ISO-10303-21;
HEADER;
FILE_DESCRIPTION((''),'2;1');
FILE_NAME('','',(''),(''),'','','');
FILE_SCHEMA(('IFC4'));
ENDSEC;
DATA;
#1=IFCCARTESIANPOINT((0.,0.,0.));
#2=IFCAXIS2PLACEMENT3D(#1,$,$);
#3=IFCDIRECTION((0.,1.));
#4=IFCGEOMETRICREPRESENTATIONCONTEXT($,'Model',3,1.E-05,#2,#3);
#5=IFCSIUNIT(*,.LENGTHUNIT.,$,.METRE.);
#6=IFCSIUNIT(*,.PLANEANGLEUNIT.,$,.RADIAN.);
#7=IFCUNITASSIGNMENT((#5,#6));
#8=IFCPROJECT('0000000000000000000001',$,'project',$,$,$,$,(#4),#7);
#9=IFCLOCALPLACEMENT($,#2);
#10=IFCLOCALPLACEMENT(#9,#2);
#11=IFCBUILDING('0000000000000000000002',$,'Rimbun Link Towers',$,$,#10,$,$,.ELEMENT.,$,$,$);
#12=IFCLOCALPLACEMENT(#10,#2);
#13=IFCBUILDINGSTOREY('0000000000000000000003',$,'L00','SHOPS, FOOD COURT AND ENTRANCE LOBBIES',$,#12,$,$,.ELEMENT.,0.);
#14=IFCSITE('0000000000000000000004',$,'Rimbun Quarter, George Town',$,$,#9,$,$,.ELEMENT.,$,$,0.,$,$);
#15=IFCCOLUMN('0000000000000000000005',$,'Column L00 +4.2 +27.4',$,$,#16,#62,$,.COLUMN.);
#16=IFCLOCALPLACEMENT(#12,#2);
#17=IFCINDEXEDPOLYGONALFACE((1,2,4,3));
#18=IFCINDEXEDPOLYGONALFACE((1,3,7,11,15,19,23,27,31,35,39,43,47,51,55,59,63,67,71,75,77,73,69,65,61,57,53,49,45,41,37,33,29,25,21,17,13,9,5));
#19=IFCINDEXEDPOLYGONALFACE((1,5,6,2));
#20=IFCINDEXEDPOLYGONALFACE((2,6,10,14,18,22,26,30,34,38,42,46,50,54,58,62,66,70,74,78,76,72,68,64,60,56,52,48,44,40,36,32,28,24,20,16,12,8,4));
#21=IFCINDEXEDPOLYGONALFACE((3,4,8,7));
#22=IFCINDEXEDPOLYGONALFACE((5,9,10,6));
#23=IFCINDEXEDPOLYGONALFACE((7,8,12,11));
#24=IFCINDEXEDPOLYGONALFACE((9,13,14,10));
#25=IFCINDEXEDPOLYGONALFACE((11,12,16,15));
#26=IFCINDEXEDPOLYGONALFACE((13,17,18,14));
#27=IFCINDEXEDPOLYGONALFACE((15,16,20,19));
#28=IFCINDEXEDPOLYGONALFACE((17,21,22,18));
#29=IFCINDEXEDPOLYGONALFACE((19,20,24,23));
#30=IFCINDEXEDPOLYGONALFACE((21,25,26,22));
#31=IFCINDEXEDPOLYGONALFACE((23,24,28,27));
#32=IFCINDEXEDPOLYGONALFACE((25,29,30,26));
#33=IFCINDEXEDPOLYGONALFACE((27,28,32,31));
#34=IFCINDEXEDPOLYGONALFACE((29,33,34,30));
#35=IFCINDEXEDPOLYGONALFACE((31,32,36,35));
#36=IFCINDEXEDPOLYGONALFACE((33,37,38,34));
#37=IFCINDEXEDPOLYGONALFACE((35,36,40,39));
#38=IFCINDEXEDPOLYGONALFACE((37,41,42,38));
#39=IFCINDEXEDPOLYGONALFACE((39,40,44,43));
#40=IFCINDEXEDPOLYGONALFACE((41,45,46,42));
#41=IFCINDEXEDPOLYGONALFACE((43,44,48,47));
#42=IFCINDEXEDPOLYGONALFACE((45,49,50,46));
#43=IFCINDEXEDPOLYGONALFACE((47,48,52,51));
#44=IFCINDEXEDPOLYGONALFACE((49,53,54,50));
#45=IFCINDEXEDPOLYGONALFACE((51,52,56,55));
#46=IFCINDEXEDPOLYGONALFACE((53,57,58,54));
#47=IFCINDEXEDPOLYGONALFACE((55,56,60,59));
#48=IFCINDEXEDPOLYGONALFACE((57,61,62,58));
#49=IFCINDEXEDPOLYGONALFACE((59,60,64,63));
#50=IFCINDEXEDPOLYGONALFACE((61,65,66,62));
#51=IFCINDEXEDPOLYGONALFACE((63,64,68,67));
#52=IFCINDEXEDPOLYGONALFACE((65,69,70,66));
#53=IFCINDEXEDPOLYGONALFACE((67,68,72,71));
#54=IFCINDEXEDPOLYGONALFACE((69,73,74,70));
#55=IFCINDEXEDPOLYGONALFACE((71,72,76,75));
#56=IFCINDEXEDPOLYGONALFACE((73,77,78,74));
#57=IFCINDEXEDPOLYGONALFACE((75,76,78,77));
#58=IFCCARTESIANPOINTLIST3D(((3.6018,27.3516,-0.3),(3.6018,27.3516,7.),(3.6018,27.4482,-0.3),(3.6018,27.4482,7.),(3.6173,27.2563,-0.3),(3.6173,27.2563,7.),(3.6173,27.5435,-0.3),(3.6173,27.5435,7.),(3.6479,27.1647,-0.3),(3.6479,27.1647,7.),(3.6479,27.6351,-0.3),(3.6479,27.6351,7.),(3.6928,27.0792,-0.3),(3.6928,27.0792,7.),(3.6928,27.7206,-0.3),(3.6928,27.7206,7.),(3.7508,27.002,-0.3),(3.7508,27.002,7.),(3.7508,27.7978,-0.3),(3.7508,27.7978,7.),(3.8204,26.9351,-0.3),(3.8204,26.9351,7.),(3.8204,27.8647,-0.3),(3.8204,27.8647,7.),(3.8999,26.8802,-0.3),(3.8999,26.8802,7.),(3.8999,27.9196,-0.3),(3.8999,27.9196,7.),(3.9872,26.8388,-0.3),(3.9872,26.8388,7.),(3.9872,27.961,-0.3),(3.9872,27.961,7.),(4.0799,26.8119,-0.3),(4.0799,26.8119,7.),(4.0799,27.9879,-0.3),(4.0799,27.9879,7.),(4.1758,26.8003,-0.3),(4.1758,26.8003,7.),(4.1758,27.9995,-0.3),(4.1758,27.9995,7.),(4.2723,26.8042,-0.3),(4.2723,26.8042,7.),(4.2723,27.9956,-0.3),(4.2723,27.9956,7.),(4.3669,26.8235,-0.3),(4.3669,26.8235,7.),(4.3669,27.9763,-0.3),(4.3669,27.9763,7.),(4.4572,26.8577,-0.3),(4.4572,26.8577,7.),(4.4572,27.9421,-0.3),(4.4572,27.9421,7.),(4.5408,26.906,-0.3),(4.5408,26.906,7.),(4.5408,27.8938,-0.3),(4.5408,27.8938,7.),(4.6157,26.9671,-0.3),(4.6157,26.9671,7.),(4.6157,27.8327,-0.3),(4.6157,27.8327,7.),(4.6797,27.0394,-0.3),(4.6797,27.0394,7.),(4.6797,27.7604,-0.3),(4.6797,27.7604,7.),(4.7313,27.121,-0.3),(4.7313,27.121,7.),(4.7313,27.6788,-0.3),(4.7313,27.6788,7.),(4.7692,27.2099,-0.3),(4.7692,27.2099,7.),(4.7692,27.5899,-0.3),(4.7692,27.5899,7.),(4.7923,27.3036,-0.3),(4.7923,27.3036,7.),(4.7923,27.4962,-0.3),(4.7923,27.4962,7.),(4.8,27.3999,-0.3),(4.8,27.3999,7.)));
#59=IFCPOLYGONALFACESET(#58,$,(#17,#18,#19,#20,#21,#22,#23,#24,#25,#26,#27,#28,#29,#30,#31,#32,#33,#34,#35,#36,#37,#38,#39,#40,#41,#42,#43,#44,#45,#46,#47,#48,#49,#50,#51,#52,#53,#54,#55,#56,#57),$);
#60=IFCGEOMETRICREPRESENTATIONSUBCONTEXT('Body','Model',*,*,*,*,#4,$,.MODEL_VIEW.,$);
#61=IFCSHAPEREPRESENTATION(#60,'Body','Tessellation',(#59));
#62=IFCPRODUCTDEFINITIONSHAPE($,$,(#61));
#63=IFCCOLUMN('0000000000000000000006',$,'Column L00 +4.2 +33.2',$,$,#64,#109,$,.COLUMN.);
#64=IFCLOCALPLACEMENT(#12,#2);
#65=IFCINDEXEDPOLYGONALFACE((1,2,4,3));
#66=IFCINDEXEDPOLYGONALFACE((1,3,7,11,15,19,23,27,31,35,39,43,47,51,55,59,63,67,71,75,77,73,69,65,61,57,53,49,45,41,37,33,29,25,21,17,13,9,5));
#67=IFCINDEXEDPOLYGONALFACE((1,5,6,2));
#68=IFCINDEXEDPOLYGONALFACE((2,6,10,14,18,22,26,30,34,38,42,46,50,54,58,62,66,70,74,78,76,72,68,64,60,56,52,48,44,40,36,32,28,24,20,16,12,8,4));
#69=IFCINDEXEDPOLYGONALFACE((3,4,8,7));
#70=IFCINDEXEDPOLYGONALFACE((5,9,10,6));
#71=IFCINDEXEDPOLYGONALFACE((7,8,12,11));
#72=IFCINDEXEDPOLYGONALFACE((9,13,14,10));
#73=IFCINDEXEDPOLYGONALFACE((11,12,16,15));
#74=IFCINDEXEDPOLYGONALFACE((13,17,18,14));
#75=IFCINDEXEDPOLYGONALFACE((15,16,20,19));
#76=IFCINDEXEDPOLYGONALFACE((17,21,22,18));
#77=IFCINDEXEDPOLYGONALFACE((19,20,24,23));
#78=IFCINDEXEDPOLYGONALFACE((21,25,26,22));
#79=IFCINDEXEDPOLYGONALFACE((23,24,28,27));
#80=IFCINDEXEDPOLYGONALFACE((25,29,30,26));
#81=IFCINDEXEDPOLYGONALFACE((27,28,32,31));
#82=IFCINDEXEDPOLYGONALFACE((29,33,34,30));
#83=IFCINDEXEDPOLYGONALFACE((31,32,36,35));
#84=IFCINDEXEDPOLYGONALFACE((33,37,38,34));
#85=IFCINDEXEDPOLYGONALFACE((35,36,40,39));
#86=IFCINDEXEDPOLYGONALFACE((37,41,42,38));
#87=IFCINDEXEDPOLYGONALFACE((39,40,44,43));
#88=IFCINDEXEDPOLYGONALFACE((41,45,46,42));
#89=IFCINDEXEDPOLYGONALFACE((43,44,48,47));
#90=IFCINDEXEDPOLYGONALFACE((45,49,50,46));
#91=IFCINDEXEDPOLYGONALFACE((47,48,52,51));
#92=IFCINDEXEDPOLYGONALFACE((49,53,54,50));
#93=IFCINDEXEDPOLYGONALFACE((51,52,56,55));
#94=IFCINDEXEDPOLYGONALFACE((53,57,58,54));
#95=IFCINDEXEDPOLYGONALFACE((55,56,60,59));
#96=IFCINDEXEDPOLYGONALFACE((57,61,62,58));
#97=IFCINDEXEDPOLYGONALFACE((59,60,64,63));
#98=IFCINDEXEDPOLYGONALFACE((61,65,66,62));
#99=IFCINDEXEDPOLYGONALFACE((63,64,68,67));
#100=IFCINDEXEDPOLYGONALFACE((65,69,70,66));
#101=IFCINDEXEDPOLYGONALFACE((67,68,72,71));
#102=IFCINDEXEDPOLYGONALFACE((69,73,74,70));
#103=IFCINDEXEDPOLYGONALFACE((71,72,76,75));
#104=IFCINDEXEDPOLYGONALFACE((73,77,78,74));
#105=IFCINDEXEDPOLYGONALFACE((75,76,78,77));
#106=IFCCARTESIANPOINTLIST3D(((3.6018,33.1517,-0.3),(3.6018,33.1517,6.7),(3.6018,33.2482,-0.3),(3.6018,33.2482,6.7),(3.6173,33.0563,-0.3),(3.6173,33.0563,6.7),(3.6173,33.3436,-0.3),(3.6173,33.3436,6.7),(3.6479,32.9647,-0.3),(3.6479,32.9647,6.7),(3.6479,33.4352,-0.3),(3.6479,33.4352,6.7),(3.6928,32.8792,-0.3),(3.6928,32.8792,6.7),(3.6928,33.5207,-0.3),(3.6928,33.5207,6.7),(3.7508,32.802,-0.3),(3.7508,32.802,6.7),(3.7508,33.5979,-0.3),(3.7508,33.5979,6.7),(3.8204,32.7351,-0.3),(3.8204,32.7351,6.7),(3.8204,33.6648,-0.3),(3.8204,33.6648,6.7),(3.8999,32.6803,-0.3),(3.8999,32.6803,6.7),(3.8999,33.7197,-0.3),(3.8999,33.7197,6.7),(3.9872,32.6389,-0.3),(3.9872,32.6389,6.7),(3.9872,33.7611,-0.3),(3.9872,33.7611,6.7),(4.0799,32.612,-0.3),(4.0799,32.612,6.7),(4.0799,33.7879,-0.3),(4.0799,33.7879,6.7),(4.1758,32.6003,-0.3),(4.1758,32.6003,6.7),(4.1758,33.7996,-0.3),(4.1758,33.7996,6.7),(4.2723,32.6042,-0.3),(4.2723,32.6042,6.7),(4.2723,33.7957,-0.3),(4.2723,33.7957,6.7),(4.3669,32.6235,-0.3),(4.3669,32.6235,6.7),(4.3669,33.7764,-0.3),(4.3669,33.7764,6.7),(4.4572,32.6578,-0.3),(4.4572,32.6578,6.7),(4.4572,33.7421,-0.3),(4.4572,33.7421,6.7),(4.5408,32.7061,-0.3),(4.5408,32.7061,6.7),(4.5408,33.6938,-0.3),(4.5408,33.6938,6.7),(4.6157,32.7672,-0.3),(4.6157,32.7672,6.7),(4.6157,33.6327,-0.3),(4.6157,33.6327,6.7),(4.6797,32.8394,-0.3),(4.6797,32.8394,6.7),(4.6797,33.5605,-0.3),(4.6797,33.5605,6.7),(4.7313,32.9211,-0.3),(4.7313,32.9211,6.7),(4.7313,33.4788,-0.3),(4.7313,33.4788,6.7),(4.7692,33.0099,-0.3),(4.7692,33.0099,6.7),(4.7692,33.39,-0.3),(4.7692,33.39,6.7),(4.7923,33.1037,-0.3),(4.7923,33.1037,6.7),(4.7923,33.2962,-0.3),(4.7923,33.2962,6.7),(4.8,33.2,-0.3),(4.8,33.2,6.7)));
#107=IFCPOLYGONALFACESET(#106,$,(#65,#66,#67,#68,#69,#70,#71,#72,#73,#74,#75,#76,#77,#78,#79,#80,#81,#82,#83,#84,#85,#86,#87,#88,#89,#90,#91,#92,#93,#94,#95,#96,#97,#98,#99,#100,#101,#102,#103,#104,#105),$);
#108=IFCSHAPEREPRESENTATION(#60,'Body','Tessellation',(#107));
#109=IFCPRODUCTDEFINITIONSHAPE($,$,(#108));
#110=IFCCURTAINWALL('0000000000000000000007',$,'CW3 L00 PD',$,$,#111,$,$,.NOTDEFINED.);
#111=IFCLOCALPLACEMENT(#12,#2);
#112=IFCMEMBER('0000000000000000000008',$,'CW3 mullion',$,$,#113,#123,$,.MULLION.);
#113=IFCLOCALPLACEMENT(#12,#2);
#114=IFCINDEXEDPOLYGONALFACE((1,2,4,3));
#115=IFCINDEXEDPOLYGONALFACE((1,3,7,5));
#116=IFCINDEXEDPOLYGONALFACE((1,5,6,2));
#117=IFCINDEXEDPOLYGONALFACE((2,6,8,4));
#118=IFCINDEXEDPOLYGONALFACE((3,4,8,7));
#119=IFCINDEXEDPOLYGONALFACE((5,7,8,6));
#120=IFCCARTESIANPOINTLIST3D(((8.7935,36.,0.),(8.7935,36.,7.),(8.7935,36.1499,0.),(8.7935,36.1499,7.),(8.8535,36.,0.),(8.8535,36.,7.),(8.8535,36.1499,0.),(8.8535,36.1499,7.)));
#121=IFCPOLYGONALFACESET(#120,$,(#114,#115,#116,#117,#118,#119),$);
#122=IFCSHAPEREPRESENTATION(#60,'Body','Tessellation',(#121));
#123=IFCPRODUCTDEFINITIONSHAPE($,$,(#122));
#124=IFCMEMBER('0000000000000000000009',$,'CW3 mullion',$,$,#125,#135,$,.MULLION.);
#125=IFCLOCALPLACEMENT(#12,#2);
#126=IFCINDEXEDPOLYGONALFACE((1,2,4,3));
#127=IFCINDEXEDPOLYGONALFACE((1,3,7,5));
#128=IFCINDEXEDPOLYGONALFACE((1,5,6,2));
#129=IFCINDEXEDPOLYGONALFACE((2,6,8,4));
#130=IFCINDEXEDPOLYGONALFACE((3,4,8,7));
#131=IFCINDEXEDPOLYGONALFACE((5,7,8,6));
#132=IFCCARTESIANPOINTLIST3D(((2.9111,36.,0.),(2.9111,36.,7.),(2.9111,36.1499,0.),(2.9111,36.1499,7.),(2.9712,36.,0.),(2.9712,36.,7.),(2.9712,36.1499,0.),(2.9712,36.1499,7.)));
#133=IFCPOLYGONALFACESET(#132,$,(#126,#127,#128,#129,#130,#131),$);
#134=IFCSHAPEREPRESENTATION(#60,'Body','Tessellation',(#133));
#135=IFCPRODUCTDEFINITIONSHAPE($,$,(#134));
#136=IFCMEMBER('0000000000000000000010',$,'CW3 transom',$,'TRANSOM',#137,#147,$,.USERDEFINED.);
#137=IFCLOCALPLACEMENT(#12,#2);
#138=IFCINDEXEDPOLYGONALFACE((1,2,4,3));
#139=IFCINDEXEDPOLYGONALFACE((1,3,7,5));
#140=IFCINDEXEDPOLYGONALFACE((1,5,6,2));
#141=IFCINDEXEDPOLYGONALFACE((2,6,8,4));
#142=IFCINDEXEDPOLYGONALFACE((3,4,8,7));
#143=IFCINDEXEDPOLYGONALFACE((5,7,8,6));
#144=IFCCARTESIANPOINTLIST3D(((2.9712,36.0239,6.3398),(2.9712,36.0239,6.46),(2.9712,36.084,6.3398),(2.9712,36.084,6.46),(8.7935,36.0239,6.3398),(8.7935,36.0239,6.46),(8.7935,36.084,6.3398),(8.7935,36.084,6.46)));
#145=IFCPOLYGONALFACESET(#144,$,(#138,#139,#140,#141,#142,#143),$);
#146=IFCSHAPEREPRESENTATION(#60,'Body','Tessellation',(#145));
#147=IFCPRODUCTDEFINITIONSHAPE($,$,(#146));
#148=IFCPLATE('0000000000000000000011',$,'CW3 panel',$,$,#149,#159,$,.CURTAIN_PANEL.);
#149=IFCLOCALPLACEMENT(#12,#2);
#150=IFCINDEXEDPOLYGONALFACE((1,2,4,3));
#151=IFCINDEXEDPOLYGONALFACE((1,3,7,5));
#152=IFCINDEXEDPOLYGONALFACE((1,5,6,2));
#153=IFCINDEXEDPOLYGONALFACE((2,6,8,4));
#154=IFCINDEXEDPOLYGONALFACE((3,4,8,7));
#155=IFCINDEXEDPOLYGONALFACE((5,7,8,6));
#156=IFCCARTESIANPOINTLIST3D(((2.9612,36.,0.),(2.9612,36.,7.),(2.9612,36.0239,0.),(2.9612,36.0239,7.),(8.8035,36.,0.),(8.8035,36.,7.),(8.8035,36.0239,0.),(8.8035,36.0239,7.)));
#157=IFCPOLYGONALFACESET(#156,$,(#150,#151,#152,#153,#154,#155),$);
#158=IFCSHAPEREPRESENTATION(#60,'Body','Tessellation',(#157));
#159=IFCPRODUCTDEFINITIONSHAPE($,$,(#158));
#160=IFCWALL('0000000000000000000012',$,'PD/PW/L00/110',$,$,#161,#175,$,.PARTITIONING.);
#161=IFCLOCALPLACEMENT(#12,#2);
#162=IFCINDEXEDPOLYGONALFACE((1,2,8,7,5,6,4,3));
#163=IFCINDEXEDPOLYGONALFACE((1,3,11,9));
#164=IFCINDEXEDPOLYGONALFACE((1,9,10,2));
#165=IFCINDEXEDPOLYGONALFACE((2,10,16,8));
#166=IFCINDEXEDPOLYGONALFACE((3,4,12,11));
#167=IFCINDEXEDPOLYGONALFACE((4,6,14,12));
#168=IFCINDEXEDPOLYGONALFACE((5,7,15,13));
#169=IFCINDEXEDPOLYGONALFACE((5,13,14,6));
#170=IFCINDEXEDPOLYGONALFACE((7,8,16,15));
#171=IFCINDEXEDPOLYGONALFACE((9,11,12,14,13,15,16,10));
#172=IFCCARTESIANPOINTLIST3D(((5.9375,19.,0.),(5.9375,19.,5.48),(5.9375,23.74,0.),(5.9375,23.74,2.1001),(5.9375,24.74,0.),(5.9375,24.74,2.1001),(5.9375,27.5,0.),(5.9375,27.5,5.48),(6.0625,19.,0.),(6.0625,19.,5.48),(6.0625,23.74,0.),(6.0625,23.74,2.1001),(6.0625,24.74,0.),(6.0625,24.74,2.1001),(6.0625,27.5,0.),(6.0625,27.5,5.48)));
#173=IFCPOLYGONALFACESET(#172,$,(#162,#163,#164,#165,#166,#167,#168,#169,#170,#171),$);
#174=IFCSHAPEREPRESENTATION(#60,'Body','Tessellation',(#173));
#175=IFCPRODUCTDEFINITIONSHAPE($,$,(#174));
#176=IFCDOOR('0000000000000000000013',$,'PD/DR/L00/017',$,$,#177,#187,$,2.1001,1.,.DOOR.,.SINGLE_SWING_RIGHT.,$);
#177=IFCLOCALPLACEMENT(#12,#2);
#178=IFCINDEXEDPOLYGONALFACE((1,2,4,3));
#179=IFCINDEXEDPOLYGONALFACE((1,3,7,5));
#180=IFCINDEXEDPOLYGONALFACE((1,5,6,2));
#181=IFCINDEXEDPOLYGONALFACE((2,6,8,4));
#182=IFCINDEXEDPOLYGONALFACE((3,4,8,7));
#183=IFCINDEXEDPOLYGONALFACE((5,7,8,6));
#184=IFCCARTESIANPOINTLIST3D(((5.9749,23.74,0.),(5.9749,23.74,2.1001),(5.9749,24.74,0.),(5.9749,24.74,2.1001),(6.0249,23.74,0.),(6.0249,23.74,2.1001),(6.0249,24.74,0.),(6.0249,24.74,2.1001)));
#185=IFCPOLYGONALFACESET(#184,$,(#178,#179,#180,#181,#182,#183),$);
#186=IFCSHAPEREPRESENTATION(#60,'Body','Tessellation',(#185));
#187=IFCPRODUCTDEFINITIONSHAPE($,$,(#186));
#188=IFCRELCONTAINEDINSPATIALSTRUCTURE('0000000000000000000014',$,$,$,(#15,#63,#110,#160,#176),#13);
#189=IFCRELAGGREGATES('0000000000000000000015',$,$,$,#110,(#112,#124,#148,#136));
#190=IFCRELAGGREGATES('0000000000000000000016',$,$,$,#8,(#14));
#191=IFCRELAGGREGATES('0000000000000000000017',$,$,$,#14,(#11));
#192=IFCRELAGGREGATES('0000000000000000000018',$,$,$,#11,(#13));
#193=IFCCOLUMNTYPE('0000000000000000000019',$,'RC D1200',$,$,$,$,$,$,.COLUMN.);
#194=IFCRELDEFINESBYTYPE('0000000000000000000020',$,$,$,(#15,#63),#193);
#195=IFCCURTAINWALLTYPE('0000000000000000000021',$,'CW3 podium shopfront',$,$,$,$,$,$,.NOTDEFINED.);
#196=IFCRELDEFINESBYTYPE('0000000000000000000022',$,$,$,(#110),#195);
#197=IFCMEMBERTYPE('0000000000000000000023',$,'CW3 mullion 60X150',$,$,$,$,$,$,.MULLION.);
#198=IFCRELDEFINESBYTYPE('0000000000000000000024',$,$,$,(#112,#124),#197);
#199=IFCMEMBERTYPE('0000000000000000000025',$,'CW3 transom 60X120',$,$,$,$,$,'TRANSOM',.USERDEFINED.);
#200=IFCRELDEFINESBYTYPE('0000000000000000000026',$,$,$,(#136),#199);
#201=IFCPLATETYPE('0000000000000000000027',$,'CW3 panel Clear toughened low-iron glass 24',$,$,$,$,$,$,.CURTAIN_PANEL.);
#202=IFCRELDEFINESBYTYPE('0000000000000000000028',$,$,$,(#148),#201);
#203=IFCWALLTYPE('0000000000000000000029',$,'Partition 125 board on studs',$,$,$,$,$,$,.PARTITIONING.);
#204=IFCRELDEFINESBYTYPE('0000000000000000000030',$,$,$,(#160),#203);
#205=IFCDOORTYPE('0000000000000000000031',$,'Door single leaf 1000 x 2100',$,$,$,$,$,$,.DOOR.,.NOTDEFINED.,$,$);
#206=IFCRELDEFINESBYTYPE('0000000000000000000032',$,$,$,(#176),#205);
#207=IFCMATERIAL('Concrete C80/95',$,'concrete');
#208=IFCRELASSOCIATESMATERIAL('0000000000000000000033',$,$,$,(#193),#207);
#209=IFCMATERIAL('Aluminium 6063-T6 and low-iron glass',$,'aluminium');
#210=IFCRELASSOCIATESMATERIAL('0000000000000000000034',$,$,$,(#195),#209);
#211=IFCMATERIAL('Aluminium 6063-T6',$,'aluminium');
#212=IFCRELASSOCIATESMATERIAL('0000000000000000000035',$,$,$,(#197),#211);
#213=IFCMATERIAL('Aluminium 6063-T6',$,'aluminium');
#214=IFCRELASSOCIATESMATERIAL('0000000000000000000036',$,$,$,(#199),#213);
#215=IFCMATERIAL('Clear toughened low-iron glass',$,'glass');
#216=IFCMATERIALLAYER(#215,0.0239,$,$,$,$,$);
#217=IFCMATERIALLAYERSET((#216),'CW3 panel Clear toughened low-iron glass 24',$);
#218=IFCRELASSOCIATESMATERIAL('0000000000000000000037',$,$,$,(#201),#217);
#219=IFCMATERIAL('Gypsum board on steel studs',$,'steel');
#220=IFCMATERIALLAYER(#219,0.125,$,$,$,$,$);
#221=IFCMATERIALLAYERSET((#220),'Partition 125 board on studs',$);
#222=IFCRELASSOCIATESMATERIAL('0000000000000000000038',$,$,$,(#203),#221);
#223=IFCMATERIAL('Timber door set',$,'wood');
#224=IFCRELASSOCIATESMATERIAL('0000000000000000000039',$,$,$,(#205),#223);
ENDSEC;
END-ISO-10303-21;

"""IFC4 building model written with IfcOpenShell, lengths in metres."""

from ifc_helpers import new_model, si_unit, direction, frame, frame_2d, origin, origin_2d, place, context, subcontext, project, spatial, rectangle, circle, extrude, material, layer, layer_set, material_profile, profile_set, type_object, element, fill, aggregate, save


model = new_model("IFC4")

# Units and contexts
model_context = context("Model", 3, precision=1e-05, world=origin(), true_north=direction((0.0, 1.0)))
body_context = subcontext(model_context, "Body", "Model", "MODEL_VIEW")
ifc_project = project(units=[si_unit("LENGTHUNIT", "METRE"), si_unit("PLANEANGLEUNIT", "RADIAN")], contexts=[model_context])

# Site, building, storey
site_placement = place(None, origin())
site = spatial("IfcSite", under=ifc_project, at=site_placement, Name="Rimbun Quarter, George Town", CompositionType="ELEMENT", RefElevation=0.0)
building_placement = place(site_placement, origin())
building = spatial("IfcBuilding", under=site, at=building_placement, Name="Rimbun Link Towers", CompositionType="ELEMENT")
storey_placement = place(building_placement, origin())
storey = spatial("IfcBuildingStorey", under=building, at=storey_placement, Name="L00", Description="SHOPS, FOOD COURT AND ENTRANCE LOBBIES", CompositionType="ELEMENT", Elevation=0.0)

# Columns
ifc_material_1 = material(Name="Concrete C80/95", Category="concrete")
ifc_material_profile_1 = material_profile(ifc_material_1, circle(Radius=0.6001, at=origin_2d()), Name="RC D1200")
ifc_profile_set_1 = profile_set([ifc_material_profile_1], Name="Concrete C80/95")
column_type = type_object("IfcColumnType", Name="RC D1200", PredefinedType="COLUMN", material=ifc_profile_set_1)
column_1_placement = place(storey_placement, frame((4.2, 27.3999, -0.3), z_axis=(0.0, 0.0, 1.0), x_axis=(1.0, 0.0, 0.0)))
element("IfcColumn", 1, at=column_1_placement, inside=storey, type_object=column_type, Name="Column L00 +4.2 +27.4", PredefinedType="COLUMN", context=body_context, shape_type="SweptSolid", body=[
    extrude(circle(Radius=0.6001, at=origin_2d()), origin(), (0.0, 0.0, 1.0), 7.3),
])
column_2_placement = place(storey_placement, frame((4.2, 33.2, -0.3), z_axis=(0.0, 0.0, 1.0), x_axis=(1.0, 0.0, 0.0)))
element("IfcColumn", 2, at=column_2_placement, inside=storey, type_object=column_type, Name="Column L00 +4.2 +33.2", PredefinedType="COLUMN", context=body_context, shape_type="SweptSolid", body=[
    extrude(circle(Radius=0.6001, at=origin_2d()), origin(), (0.0, 0.0, 1.0), 7.0),
])

# Curtain wall, members, plate
ifc_material_2 = material(Name="Aluminium 6063-T6 and low-iron glass", Category="aluminium")
curtain_wall_type = type_object("IfcCurtainWallType", Name="CW3 podium shopfront", PredefinedType="NOTDEFINED", material=ifc_material_2)
curtain_wall_placement = place(storey_placement, origin())
curtain_wall = element("IfcCurtainWall", 3, at=curtain_wall_placement, inside=storey, type_object=curtain_wall_type, Name="CW3 L00 PD", PredefinedType="NOTDEFINED")
ifc_material_3 = material(Name="Aluminium 6063-T6", Category="aluminium")
ifc_material_profile_2 = material_profile(ifc_material_3, rectangle(XDim=0.1499, YDim=0.0601, at=origin_2d()), Name="MULLION 60X150")
ifc_profile_set_2 = profile_set([ifc_material_profile_2], Name="Aluminium 6063-T6")
member_type_1 = type_object("IfcMemberType", Name="CW3 mullion 60X150", PredefinedType="MULLION", material=ifc_profile_set_2)
member_1_placement = place(storey_placement, frame((8.8235, 36.075, 0.0), z_axis=(0.0, 0.0, 1.0), x_axis=(0.0, 1.0, 0.0)))
member_1 = element("IfcMember", 4, at=member_1_placement, type_object=member_type_1, Name="CW3 mullion", PredefinedType="MULLION", context=body_context, shape_type="SweptSolid", body=[
    extrude(rectangle(XDim=0.1499, YDim=0.0601, at=origin_2d()), origin(), (0.0, 0.0, 1.0), 7.0),
])
member_2_placement = place(storey_placement, frame((2.9412, 36.075, 0.0), z_axis=(0.0, 0.0, 1.0), x_axis=(0.0, 1.0, 0.0)))
member_2 = element("IfcMember", 5, at=member_2_placement, type_object=member_type_1, Name="CW3 mullion", PredefinedType="MULLION", context=body_context, shape_type="SweptSolid", body=[
    extrude(rectangle(XDim=0.1499, YDim=0.0601, at=origin_2d()), origin(), (0.0, 0.0, 1.0), 7.0),
])
ifc_material_4 = material(Name="Aluminium 6063-T6", Category="aluminium")
ifc_material_profile_3 = material_profile(ifc_material_4, rectangle(XDim=0.0601, YDim=0.1201, at=origin_2d()), Name="TRANSOM 60X120")
ifc_profile_set_3 = profile_set([ifc_material_profile_3], Name="Aluminium 6063-T6")
member_type_2 = type_object("IfcMemberType", Name="CW3 transom 60X120", ElementType="TRANSOM", PredefinedType="USERDEFINED", material=ifc_profile_set_3)
member_3_placement = place(storey_placement, frame((2.9712, 36.054, 6.3999), z_axis=(1.0, 0.0, 0.0), x_axis=(0.0, 1.0, 0.0)))
member_3 = element("IfcMember", 6, at=member_3_placement, type_object=member_type_2, Name="CW3 transom", ObjectType="TRANSOM", PredefinedType="USERDEFINED", context=body_context, shape_type="SweptSolid", body=[
    extrude(rectangle(XDim=0.0601, YDim=0.1201, at=origin_2d()), origin(), (0.0, 0.0, 1.0), 5.8223),
])
ifc_material_5 = material(Name="Clear toughened low-iron glass", Category="glass")
ifc_layer_1 = layer(ifc_material_5, 0.0239)
ifc_layer_set_1 = layer_set([ifc_layer_1], Name="CW3 panel Clear toughened low-iron glass 24")
plate_type = type_object("IfcPlateType", Name="CW3 panel Clear toughened low-iron glass 24", PredefinedType="CURTAIN_PANEL", material=ifc_layer_set_1)
plate_placement = place(storey_placement, frame((5.8823, 36.012, 0.0), z_axis=(0.0, 0.0, 1.0), x_axis=(1.0, 0.0, 0.0)))
plate = element("IfcPlate", 7, at=plate_placement, type_object=plate_type, Name="CW3 panel", PredefinedType="CURTAIN_PANEL", context=body_context, shape_type="SweptSolid", body=[
    extrude(rectangle(XDim=5.8423, YDim=0.0239, at=origin_2d()), origin(), (0.0, 0.0, 1.0), 7.0),
])
aggregate(curtain_wall, [member_1, member_2, plate, member_3])

# Wall, opening, door
ifc_material_6 = material(Name="Gypsum board on steel studs", Category="steel")
ifc_layer_2 = layer(ifc_material_6, 0.125)
ifc_layer_set_2 = layer_set([ifc_layer_2], Name="Partition 125 board on studs")
wall_type = type_object("IfcWallType", Name="Partition 125 board on studs", PredefinedType="PARTITIONING", material=ifc_layer_set_2)
wall_1_placement = place(storey_placement, frame((6.0, 27.5, 0.0), z_axis=(0.0, 0.0, 1.0), x_axis=(0.0, -1.0, 0.0)))
wall_1 = element("IfcWall", 8, at=wall_1_placement, inside=storey, type_object=wall_type, Name="PD/PW/L00/110", PredefinedType="PARTITIONING", context=body_context, shape_type="SweptSolid", body=[
    extrude(rectangle(XDim=8.5, YDim=0.125, at=frame_2d((4.25, 0.0))), origin(), (0.0, 0.0, 1.0), 5.48),
])
opening_1_placement = place(wall_1_placement, frame((2.76, 0.0, 0.0)))
opening_1 = element("IfcOpeningElement", 9, at=opening_1_placement, cuts=wall_1, PredefinedType="OPENING", context=body_context, shape_type="SweptSolid", body=[
    extrude(rectangle(XDim=1.0, YDim=2.1001, at=frame_2d((0.5, 1.05))), frame((0.0, 0.0725, 0.0), z_axis=(0.0, -1.0, 0.0), x_axis=(1.0, 0.0, 0.0)), (0.0, 0.0, 1.0), 0.145),
])
ifc_material_7 = material(Name="Timber door set", Category="wood")
door_type = type_object("IfcDoorType", Name="Door single leaf 1000 x 2100", OperationType="NOTDEFINED", PredefinedType="DOOR", material=ifc_material_7)
door_1_placement = place(opening_1_placement, origin())
door_1 = element("IfcDoor", 10, at=door_1_placement, inside=storey, type_object=door_type, Name="PD/DR/L00/017", OperationType="SINGLE_SWING_RIGHT", OverallHeight=2.1001, OverallWidth=1.0, PredefinedType="DOOR", context=body_context, shape_type="SweptSolid", body=[
    extrude(rectangle(XDim=1.0, YDim=2.1001, at=frame_2d((0.5, 1.05))), frame((0.0, 0.0249, 0.0), z_axis=(0.0, -1.0, 0.0), x_axis=(1.0, 0.0, 0.0)), (0.0, 0.0, 1.0), 0.05),
])
fill(opening_1, door_1)

save(model, "model.ifc")
